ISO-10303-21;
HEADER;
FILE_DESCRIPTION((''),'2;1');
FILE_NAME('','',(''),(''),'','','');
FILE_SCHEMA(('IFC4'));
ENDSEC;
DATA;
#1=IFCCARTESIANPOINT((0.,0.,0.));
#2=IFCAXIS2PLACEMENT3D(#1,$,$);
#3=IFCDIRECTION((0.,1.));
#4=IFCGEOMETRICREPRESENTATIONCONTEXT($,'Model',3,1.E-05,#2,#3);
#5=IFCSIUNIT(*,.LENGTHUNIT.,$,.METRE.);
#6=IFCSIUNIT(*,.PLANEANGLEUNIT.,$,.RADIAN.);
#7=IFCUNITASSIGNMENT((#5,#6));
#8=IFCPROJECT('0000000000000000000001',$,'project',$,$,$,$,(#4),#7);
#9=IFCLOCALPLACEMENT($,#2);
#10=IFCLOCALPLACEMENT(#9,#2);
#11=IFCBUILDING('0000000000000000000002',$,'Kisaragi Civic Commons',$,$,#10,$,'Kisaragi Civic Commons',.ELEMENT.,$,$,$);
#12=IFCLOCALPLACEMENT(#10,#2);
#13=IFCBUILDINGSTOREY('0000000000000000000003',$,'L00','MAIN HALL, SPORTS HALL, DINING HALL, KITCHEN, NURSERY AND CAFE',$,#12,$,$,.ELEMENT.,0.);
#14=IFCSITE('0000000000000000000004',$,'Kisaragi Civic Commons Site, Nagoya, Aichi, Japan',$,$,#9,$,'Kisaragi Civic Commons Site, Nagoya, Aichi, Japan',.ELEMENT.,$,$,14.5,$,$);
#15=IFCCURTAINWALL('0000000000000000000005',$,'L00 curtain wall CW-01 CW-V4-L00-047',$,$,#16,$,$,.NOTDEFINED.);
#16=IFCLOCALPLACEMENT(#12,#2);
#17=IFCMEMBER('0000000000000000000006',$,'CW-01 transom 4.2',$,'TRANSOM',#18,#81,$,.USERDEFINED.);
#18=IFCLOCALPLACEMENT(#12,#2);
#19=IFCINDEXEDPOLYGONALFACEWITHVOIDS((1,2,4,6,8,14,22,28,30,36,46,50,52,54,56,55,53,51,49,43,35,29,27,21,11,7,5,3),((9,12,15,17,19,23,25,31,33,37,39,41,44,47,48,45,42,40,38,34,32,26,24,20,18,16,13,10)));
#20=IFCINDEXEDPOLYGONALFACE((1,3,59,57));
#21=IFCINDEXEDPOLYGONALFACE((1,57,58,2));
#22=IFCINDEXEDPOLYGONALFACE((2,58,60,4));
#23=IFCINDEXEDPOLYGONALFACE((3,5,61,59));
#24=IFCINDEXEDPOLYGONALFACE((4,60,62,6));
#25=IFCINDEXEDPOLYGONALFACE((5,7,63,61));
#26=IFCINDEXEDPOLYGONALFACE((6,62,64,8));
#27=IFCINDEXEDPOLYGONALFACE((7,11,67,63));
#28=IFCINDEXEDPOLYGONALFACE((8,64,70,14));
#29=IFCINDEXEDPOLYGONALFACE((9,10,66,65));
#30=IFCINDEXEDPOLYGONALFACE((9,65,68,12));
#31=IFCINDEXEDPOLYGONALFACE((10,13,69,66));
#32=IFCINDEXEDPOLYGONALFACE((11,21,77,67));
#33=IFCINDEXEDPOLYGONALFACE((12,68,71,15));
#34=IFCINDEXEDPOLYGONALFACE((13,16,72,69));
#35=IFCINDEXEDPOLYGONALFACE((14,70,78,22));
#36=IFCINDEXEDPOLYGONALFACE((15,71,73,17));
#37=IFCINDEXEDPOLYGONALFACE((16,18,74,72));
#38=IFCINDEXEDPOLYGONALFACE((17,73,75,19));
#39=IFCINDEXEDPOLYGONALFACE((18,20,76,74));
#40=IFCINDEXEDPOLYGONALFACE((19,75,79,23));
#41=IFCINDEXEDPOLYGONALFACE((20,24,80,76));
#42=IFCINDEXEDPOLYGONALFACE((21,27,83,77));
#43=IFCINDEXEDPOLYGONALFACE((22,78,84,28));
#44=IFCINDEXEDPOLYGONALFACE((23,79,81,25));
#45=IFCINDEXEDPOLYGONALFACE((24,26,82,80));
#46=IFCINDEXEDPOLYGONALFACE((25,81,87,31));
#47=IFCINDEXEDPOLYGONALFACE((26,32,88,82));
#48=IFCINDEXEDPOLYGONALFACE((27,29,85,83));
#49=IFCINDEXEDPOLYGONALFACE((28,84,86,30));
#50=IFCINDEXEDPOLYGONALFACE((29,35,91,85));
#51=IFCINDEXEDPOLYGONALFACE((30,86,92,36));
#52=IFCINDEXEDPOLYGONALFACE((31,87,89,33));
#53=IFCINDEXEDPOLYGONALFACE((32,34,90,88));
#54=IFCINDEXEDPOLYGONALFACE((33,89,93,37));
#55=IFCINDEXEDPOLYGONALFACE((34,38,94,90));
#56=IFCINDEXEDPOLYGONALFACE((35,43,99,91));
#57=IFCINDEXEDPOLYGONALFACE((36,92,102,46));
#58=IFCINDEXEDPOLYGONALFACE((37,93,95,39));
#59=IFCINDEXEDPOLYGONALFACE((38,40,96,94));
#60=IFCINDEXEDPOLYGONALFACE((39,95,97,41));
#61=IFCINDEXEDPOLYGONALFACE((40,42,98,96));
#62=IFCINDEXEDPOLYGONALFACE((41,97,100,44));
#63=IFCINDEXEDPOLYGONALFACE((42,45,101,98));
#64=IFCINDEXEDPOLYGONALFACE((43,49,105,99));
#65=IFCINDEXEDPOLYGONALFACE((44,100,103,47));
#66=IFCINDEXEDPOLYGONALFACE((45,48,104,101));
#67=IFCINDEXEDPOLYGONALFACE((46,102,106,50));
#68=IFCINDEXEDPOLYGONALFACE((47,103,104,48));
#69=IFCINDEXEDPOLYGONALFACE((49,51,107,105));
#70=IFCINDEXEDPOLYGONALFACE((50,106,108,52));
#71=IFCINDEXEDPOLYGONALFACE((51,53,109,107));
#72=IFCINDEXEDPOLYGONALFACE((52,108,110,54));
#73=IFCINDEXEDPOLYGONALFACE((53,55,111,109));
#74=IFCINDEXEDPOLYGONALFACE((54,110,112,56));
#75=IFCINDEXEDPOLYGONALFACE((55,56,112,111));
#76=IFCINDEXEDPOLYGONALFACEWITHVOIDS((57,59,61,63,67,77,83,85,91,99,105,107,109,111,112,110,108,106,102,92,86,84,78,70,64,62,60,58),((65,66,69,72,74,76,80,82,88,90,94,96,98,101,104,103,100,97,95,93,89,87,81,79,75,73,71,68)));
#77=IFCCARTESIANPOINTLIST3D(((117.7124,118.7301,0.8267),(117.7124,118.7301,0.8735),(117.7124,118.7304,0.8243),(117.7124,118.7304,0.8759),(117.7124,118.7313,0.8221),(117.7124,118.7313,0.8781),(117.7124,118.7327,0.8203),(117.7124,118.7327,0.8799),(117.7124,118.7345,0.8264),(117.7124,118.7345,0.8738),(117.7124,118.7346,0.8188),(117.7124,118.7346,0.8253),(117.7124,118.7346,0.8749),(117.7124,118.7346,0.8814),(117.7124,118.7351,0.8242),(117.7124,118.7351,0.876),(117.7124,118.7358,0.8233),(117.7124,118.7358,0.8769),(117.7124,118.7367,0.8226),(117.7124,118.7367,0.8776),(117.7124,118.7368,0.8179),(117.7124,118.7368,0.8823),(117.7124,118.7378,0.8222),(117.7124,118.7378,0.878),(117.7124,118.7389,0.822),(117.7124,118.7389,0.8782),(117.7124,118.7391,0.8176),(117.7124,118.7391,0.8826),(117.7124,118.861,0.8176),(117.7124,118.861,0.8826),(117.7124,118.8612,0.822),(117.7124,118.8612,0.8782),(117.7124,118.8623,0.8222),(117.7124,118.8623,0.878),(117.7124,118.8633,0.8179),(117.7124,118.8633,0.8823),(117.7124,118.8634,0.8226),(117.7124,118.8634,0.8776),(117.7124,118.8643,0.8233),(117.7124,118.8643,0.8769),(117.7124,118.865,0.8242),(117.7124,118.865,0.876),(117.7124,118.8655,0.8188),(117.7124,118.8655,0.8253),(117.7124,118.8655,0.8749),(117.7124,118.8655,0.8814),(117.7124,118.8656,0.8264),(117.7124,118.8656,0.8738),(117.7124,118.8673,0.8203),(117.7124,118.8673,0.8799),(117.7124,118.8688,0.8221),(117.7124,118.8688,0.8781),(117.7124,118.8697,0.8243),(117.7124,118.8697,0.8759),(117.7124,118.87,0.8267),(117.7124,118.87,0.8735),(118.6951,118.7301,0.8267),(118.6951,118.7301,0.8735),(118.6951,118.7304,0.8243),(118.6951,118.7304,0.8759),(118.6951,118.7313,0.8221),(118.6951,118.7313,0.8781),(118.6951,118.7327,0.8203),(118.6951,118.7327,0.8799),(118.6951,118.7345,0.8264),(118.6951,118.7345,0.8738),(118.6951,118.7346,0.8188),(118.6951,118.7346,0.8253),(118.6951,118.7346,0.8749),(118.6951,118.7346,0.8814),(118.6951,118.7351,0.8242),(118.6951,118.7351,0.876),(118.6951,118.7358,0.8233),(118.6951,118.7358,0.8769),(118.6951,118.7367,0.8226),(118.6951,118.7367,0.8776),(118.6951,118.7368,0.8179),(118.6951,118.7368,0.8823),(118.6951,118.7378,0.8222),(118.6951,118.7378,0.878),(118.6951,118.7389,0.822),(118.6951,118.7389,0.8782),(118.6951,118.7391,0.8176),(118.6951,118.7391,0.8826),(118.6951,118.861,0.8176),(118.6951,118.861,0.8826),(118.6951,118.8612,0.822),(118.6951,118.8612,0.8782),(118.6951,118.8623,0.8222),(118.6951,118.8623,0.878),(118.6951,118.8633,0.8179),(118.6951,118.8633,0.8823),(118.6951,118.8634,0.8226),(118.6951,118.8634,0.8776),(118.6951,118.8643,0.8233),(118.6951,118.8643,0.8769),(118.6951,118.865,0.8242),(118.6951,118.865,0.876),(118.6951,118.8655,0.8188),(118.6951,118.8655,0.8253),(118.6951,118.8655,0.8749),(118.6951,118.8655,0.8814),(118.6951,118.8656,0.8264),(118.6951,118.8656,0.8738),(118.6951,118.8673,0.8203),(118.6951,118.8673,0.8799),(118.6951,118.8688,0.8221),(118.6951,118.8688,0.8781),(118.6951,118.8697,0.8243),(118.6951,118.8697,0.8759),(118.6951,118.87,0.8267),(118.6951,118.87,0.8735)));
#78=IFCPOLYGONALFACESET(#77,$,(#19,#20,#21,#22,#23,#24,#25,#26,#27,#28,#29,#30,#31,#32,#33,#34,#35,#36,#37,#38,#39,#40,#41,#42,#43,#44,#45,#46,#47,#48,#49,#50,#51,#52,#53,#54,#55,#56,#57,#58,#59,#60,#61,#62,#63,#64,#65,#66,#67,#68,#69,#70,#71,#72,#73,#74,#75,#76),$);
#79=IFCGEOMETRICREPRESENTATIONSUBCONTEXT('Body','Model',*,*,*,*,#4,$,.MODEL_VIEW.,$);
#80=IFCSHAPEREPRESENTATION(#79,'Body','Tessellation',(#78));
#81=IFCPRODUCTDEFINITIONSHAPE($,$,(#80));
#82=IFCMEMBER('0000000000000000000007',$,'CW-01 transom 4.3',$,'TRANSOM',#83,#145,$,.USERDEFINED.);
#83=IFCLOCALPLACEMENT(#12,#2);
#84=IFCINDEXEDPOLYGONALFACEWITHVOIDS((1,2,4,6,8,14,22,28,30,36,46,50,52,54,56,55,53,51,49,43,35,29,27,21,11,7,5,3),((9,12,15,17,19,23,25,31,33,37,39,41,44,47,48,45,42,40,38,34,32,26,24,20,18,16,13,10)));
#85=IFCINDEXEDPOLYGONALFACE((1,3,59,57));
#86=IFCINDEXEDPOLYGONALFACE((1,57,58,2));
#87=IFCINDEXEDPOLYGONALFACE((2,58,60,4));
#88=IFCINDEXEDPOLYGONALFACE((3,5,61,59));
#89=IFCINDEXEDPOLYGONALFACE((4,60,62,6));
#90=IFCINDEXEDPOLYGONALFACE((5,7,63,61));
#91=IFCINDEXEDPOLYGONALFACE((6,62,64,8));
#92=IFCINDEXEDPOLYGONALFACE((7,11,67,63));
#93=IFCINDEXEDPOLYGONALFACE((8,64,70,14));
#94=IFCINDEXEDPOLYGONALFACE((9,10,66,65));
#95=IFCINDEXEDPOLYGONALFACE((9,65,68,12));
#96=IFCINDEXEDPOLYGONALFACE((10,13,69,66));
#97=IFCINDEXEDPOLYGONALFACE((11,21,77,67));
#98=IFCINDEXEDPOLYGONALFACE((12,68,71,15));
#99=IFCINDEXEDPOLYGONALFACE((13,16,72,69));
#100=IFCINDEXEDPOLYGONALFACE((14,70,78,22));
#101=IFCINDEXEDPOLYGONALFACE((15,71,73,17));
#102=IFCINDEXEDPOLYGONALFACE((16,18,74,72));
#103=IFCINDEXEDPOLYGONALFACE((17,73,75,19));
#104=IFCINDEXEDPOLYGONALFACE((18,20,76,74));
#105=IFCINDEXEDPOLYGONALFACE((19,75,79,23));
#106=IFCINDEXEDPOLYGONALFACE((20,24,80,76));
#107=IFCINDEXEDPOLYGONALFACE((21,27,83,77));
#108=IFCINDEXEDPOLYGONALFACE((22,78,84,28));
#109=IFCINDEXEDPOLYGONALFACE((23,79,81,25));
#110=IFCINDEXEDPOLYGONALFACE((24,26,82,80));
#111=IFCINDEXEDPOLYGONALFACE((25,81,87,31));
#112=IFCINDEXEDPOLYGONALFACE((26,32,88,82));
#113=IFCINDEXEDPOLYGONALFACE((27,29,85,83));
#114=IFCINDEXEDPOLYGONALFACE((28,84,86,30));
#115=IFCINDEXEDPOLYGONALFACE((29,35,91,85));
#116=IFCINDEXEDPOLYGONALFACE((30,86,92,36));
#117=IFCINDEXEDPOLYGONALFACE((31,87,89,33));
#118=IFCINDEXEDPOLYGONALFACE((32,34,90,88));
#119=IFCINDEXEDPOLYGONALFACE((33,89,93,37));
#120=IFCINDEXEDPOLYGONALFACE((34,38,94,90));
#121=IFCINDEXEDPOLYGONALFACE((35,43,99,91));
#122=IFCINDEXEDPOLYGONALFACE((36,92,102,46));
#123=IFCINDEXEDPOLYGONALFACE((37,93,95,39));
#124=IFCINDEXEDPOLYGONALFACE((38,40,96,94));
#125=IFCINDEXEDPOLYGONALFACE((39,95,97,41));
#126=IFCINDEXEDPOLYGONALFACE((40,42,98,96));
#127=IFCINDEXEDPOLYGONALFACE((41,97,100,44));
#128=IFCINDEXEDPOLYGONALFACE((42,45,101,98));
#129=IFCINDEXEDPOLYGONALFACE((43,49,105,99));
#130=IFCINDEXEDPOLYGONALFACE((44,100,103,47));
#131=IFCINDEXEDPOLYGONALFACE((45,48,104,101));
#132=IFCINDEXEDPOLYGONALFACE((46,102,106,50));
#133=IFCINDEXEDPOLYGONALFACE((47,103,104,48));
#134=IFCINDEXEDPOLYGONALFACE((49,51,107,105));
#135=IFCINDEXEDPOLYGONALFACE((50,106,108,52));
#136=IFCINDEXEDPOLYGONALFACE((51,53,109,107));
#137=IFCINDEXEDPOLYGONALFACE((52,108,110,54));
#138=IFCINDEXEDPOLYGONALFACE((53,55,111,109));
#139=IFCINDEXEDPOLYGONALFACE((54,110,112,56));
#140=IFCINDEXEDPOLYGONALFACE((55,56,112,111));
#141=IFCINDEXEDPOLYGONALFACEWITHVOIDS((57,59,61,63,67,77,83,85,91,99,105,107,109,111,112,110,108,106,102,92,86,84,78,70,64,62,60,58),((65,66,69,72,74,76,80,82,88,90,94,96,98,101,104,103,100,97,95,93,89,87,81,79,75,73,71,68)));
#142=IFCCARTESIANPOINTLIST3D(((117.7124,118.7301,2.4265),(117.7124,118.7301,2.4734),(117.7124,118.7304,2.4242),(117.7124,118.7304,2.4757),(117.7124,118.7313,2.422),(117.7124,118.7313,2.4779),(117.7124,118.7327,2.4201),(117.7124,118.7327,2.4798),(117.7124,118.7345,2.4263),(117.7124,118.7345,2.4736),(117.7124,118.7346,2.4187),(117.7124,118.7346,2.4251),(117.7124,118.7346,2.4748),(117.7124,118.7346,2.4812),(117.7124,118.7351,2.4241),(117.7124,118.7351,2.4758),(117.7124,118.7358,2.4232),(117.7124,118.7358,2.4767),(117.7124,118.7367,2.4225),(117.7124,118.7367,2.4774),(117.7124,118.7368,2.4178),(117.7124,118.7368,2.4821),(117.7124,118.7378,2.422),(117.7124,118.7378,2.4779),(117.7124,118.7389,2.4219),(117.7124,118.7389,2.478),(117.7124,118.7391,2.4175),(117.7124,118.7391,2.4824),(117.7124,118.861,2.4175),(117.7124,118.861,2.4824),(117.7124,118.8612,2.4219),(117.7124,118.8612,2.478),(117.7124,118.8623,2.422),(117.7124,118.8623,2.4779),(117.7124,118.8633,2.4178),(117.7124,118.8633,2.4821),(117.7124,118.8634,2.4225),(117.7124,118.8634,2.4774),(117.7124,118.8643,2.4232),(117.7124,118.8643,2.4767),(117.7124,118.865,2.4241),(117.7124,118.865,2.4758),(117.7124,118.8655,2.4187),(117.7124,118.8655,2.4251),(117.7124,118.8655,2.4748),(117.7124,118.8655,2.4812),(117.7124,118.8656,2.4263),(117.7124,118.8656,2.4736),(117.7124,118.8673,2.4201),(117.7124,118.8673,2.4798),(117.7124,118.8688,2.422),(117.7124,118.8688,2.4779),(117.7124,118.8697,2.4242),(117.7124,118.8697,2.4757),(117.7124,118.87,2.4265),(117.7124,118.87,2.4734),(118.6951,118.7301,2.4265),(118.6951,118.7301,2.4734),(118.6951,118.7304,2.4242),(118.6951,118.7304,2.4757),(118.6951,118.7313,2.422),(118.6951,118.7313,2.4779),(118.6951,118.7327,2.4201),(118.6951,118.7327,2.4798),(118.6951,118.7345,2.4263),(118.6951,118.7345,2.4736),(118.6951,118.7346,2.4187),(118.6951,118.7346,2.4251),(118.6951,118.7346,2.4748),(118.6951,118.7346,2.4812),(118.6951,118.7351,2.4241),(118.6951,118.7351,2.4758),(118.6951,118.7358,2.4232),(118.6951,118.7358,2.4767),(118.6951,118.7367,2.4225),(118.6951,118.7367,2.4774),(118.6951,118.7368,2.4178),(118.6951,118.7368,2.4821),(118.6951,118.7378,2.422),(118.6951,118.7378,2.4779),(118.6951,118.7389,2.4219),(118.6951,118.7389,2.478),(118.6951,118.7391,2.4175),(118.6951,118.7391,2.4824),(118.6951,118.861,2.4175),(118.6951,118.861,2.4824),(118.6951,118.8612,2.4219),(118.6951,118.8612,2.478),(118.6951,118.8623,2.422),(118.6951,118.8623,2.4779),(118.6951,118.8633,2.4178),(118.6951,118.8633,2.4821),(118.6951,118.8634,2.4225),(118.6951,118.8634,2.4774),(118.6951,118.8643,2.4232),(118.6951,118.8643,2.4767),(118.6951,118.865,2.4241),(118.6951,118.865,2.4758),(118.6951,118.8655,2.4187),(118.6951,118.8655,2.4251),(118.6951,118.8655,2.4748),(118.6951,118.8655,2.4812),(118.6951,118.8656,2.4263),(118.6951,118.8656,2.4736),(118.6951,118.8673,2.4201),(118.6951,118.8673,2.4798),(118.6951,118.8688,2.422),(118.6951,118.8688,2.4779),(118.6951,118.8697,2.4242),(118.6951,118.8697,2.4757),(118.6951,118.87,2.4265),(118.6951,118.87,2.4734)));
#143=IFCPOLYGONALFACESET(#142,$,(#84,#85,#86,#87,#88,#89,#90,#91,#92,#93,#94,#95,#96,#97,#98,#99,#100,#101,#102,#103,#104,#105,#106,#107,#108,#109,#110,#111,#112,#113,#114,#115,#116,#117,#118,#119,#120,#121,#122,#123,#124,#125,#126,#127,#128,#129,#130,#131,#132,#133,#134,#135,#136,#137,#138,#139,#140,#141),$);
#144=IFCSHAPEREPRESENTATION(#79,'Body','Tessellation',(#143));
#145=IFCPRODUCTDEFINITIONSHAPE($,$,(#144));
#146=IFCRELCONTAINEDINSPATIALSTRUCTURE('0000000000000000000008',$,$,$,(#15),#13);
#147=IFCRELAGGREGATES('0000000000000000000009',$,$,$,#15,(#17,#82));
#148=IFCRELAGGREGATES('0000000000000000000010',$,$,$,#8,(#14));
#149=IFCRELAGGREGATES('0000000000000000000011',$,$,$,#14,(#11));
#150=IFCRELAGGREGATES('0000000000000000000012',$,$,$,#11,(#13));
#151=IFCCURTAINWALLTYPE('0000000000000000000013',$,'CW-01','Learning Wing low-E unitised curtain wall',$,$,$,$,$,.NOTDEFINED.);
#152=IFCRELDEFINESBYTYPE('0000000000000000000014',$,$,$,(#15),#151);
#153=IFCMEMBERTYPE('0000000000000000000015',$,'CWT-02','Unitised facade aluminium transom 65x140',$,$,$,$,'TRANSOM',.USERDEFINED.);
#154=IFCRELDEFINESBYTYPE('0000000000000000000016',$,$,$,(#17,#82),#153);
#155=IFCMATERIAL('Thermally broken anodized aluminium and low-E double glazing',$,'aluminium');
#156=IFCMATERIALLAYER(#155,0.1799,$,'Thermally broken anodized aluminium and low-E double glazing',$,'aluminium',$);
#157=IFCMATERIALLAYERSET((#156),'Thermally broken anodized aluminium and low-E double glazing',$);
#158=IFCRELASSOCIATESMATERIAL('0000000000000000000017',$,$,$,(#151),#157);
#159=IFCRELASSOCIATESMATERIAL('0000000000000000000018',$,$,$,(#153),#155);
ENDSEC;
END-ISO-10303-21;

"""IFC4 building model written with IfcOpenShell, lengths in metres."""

from ifc_helpers import new_model, si_unit, direction, frame, origin, origin_2d, place, context, subcontext, project, spatial, hollow_rectangle, extrude, material, layer, layer_set, material_profile, profile_set, type_object, element, aggregate, save


model = new_model("IFC4")

# Units and contexts
model_context = context("Model", 3, precision=1e-05, world=origin(), true_north=direction((0.0, 1.0)))
body_context = subcontext(model_context, "Body", "Model", "MODEL_VIEW")
ifc_project = project(units=[si_unit("LENGTHUNIT", "METRE"), si_unit("PLANEANGLEUNIT", "RADIAN")], contexts=[model_context])

# Site, building, storey
site_placement = place(None, origin())
site = spatial("IfcSite", under=ifc_project, at=site_placement, Name="Kisaragi Civic Commons Site, Nagoya, Aichi, Japan", LongName="Kisaragi Civic Commons Site, Nagoya, Aichi, Japan", CompositionType="ELEMENT", RefElevation=14.5)
building_placement = place(site_placement, origin())
building = spatial("IfcBuilding", under=site, at=building_placement, Name="Kisaragi Civic Commons", LongName="Kisaragi Civic Commons", CompositionType="ELEMENT")
storey_placement = place(building_placement, origin())
storey = spatial("IfcBuildingStorey", under=building, at=storey_placement, Name="L00", Description="MAIN HALL, SPORTS HALL, DINING HALL, KITCHEN, NURSERY AND CAFE", CompositionType="ELEMENT", Elevation=0.0)

# Curtain wall
ifc_material_1 = material(Name="Thermally broken anodized aluminium and low-E double glazing", Category="aluminium")
ifc_layer_1 = layer(ifc_material_1, 0.1799, Name="Thermally broken anodized aluminium and low-E double glazing", Category="aluminium")
ifc_layer_set_1 = layer_set([ifc_layer_1], Name="Thermally broken anodized aluminium and low-E double glazing")
curtain_wall_type = type_object("IfcCurtainWallType", Name="CW-01", Description="Learning Wing low-E unitised curtain wall", PredefinedType="NOTDEFINED", material=ifc_layer_set_1)
curtain_wall_1_placement = place(storey_placement, origin())
curtain_wall_1 = element("IfcCurtainWall", 1, at=curtain_wall_1_placement, inside=storey, type_object=curtain_wall_type, Name="L00 curtain wall CW-01 CW-V4-L00-047", PredefinedType="NOTDEFINED")

# Members
ifc_material_profile_1 = material_profile(ifc_material_1, hollow_rectangle(XDim=0.1399, YDim=0.0649, WallThickness=0.0044, InnerFilletRadius=0.0044, OuterFilletRadius=0.009, at=origin_2d()), Name="CWT-65x140x4.5", Category="aluminium")
ifc_profile_set_1 = profile_set([ifc_material_profile_1], Name="Thermally broken anodized aluminium and low-E double glazing")
member_type_1 = type_object("IfcMemberType", Name="CWT-02", Description="Unitised facade aluminium transom 65x140", ElementType="TRANSOM", PredefinedType="USERDEFINED", material=ifc_profile_set_1)
member_1_placement = place(storey_placement, frame((117.7124, 118.8, 0.8501), z_axis=(1.0, 0.0, 0.0), x_axis=(0.0, 1.0, 0.0)))
member_1 = element("IfcMember", 2, at=member_1_placement, type_object=member_type_1, Name="CW-01 transom 4.2", ObjectType="TRANSOM", PredefinedType="USERDEFINED", context=body_context, shape_type="SweptSolid", body=[
    extrude(hollow_rectangle(XDim=0.1399, YDim=0.0649, WallThickness=0.0044, InnerFilletRadius=0.0044, OuterFilletRadius=0.009, at=origin_2d()), origin(), (0.0, 0.0, 1.0), 0.9827),
])
member_2_placement = place(storey_placement, frame((117.7124, 118.8, 2.45), z_axis=(1.0, 0.0, 0.0), x_axis=(0.0, 1.0, 0.0)))
member_2 = element("IfcMember", 3, at=member_2_placement, type_object=member_type_1, Name="CW-01 transom 4.3", ObjectType="TRANSOM", PredefinedType="USERDEFINED", context=body_context, shape_type="SweptSolid", body=[
    extrude(hollow_rectangle(XDim=0.1399, YDim=0.0649, WallThickness=0.0044, InnerFilletRadius=0.0044, OuterFilletRadius=0.009, at=origin_2d()), origin(), (0.0, 0.0, 1.0), 0.9827),
])

aggregate(curtain_wall_1, [member_1, member_2])

save(model, "model.ifc")
